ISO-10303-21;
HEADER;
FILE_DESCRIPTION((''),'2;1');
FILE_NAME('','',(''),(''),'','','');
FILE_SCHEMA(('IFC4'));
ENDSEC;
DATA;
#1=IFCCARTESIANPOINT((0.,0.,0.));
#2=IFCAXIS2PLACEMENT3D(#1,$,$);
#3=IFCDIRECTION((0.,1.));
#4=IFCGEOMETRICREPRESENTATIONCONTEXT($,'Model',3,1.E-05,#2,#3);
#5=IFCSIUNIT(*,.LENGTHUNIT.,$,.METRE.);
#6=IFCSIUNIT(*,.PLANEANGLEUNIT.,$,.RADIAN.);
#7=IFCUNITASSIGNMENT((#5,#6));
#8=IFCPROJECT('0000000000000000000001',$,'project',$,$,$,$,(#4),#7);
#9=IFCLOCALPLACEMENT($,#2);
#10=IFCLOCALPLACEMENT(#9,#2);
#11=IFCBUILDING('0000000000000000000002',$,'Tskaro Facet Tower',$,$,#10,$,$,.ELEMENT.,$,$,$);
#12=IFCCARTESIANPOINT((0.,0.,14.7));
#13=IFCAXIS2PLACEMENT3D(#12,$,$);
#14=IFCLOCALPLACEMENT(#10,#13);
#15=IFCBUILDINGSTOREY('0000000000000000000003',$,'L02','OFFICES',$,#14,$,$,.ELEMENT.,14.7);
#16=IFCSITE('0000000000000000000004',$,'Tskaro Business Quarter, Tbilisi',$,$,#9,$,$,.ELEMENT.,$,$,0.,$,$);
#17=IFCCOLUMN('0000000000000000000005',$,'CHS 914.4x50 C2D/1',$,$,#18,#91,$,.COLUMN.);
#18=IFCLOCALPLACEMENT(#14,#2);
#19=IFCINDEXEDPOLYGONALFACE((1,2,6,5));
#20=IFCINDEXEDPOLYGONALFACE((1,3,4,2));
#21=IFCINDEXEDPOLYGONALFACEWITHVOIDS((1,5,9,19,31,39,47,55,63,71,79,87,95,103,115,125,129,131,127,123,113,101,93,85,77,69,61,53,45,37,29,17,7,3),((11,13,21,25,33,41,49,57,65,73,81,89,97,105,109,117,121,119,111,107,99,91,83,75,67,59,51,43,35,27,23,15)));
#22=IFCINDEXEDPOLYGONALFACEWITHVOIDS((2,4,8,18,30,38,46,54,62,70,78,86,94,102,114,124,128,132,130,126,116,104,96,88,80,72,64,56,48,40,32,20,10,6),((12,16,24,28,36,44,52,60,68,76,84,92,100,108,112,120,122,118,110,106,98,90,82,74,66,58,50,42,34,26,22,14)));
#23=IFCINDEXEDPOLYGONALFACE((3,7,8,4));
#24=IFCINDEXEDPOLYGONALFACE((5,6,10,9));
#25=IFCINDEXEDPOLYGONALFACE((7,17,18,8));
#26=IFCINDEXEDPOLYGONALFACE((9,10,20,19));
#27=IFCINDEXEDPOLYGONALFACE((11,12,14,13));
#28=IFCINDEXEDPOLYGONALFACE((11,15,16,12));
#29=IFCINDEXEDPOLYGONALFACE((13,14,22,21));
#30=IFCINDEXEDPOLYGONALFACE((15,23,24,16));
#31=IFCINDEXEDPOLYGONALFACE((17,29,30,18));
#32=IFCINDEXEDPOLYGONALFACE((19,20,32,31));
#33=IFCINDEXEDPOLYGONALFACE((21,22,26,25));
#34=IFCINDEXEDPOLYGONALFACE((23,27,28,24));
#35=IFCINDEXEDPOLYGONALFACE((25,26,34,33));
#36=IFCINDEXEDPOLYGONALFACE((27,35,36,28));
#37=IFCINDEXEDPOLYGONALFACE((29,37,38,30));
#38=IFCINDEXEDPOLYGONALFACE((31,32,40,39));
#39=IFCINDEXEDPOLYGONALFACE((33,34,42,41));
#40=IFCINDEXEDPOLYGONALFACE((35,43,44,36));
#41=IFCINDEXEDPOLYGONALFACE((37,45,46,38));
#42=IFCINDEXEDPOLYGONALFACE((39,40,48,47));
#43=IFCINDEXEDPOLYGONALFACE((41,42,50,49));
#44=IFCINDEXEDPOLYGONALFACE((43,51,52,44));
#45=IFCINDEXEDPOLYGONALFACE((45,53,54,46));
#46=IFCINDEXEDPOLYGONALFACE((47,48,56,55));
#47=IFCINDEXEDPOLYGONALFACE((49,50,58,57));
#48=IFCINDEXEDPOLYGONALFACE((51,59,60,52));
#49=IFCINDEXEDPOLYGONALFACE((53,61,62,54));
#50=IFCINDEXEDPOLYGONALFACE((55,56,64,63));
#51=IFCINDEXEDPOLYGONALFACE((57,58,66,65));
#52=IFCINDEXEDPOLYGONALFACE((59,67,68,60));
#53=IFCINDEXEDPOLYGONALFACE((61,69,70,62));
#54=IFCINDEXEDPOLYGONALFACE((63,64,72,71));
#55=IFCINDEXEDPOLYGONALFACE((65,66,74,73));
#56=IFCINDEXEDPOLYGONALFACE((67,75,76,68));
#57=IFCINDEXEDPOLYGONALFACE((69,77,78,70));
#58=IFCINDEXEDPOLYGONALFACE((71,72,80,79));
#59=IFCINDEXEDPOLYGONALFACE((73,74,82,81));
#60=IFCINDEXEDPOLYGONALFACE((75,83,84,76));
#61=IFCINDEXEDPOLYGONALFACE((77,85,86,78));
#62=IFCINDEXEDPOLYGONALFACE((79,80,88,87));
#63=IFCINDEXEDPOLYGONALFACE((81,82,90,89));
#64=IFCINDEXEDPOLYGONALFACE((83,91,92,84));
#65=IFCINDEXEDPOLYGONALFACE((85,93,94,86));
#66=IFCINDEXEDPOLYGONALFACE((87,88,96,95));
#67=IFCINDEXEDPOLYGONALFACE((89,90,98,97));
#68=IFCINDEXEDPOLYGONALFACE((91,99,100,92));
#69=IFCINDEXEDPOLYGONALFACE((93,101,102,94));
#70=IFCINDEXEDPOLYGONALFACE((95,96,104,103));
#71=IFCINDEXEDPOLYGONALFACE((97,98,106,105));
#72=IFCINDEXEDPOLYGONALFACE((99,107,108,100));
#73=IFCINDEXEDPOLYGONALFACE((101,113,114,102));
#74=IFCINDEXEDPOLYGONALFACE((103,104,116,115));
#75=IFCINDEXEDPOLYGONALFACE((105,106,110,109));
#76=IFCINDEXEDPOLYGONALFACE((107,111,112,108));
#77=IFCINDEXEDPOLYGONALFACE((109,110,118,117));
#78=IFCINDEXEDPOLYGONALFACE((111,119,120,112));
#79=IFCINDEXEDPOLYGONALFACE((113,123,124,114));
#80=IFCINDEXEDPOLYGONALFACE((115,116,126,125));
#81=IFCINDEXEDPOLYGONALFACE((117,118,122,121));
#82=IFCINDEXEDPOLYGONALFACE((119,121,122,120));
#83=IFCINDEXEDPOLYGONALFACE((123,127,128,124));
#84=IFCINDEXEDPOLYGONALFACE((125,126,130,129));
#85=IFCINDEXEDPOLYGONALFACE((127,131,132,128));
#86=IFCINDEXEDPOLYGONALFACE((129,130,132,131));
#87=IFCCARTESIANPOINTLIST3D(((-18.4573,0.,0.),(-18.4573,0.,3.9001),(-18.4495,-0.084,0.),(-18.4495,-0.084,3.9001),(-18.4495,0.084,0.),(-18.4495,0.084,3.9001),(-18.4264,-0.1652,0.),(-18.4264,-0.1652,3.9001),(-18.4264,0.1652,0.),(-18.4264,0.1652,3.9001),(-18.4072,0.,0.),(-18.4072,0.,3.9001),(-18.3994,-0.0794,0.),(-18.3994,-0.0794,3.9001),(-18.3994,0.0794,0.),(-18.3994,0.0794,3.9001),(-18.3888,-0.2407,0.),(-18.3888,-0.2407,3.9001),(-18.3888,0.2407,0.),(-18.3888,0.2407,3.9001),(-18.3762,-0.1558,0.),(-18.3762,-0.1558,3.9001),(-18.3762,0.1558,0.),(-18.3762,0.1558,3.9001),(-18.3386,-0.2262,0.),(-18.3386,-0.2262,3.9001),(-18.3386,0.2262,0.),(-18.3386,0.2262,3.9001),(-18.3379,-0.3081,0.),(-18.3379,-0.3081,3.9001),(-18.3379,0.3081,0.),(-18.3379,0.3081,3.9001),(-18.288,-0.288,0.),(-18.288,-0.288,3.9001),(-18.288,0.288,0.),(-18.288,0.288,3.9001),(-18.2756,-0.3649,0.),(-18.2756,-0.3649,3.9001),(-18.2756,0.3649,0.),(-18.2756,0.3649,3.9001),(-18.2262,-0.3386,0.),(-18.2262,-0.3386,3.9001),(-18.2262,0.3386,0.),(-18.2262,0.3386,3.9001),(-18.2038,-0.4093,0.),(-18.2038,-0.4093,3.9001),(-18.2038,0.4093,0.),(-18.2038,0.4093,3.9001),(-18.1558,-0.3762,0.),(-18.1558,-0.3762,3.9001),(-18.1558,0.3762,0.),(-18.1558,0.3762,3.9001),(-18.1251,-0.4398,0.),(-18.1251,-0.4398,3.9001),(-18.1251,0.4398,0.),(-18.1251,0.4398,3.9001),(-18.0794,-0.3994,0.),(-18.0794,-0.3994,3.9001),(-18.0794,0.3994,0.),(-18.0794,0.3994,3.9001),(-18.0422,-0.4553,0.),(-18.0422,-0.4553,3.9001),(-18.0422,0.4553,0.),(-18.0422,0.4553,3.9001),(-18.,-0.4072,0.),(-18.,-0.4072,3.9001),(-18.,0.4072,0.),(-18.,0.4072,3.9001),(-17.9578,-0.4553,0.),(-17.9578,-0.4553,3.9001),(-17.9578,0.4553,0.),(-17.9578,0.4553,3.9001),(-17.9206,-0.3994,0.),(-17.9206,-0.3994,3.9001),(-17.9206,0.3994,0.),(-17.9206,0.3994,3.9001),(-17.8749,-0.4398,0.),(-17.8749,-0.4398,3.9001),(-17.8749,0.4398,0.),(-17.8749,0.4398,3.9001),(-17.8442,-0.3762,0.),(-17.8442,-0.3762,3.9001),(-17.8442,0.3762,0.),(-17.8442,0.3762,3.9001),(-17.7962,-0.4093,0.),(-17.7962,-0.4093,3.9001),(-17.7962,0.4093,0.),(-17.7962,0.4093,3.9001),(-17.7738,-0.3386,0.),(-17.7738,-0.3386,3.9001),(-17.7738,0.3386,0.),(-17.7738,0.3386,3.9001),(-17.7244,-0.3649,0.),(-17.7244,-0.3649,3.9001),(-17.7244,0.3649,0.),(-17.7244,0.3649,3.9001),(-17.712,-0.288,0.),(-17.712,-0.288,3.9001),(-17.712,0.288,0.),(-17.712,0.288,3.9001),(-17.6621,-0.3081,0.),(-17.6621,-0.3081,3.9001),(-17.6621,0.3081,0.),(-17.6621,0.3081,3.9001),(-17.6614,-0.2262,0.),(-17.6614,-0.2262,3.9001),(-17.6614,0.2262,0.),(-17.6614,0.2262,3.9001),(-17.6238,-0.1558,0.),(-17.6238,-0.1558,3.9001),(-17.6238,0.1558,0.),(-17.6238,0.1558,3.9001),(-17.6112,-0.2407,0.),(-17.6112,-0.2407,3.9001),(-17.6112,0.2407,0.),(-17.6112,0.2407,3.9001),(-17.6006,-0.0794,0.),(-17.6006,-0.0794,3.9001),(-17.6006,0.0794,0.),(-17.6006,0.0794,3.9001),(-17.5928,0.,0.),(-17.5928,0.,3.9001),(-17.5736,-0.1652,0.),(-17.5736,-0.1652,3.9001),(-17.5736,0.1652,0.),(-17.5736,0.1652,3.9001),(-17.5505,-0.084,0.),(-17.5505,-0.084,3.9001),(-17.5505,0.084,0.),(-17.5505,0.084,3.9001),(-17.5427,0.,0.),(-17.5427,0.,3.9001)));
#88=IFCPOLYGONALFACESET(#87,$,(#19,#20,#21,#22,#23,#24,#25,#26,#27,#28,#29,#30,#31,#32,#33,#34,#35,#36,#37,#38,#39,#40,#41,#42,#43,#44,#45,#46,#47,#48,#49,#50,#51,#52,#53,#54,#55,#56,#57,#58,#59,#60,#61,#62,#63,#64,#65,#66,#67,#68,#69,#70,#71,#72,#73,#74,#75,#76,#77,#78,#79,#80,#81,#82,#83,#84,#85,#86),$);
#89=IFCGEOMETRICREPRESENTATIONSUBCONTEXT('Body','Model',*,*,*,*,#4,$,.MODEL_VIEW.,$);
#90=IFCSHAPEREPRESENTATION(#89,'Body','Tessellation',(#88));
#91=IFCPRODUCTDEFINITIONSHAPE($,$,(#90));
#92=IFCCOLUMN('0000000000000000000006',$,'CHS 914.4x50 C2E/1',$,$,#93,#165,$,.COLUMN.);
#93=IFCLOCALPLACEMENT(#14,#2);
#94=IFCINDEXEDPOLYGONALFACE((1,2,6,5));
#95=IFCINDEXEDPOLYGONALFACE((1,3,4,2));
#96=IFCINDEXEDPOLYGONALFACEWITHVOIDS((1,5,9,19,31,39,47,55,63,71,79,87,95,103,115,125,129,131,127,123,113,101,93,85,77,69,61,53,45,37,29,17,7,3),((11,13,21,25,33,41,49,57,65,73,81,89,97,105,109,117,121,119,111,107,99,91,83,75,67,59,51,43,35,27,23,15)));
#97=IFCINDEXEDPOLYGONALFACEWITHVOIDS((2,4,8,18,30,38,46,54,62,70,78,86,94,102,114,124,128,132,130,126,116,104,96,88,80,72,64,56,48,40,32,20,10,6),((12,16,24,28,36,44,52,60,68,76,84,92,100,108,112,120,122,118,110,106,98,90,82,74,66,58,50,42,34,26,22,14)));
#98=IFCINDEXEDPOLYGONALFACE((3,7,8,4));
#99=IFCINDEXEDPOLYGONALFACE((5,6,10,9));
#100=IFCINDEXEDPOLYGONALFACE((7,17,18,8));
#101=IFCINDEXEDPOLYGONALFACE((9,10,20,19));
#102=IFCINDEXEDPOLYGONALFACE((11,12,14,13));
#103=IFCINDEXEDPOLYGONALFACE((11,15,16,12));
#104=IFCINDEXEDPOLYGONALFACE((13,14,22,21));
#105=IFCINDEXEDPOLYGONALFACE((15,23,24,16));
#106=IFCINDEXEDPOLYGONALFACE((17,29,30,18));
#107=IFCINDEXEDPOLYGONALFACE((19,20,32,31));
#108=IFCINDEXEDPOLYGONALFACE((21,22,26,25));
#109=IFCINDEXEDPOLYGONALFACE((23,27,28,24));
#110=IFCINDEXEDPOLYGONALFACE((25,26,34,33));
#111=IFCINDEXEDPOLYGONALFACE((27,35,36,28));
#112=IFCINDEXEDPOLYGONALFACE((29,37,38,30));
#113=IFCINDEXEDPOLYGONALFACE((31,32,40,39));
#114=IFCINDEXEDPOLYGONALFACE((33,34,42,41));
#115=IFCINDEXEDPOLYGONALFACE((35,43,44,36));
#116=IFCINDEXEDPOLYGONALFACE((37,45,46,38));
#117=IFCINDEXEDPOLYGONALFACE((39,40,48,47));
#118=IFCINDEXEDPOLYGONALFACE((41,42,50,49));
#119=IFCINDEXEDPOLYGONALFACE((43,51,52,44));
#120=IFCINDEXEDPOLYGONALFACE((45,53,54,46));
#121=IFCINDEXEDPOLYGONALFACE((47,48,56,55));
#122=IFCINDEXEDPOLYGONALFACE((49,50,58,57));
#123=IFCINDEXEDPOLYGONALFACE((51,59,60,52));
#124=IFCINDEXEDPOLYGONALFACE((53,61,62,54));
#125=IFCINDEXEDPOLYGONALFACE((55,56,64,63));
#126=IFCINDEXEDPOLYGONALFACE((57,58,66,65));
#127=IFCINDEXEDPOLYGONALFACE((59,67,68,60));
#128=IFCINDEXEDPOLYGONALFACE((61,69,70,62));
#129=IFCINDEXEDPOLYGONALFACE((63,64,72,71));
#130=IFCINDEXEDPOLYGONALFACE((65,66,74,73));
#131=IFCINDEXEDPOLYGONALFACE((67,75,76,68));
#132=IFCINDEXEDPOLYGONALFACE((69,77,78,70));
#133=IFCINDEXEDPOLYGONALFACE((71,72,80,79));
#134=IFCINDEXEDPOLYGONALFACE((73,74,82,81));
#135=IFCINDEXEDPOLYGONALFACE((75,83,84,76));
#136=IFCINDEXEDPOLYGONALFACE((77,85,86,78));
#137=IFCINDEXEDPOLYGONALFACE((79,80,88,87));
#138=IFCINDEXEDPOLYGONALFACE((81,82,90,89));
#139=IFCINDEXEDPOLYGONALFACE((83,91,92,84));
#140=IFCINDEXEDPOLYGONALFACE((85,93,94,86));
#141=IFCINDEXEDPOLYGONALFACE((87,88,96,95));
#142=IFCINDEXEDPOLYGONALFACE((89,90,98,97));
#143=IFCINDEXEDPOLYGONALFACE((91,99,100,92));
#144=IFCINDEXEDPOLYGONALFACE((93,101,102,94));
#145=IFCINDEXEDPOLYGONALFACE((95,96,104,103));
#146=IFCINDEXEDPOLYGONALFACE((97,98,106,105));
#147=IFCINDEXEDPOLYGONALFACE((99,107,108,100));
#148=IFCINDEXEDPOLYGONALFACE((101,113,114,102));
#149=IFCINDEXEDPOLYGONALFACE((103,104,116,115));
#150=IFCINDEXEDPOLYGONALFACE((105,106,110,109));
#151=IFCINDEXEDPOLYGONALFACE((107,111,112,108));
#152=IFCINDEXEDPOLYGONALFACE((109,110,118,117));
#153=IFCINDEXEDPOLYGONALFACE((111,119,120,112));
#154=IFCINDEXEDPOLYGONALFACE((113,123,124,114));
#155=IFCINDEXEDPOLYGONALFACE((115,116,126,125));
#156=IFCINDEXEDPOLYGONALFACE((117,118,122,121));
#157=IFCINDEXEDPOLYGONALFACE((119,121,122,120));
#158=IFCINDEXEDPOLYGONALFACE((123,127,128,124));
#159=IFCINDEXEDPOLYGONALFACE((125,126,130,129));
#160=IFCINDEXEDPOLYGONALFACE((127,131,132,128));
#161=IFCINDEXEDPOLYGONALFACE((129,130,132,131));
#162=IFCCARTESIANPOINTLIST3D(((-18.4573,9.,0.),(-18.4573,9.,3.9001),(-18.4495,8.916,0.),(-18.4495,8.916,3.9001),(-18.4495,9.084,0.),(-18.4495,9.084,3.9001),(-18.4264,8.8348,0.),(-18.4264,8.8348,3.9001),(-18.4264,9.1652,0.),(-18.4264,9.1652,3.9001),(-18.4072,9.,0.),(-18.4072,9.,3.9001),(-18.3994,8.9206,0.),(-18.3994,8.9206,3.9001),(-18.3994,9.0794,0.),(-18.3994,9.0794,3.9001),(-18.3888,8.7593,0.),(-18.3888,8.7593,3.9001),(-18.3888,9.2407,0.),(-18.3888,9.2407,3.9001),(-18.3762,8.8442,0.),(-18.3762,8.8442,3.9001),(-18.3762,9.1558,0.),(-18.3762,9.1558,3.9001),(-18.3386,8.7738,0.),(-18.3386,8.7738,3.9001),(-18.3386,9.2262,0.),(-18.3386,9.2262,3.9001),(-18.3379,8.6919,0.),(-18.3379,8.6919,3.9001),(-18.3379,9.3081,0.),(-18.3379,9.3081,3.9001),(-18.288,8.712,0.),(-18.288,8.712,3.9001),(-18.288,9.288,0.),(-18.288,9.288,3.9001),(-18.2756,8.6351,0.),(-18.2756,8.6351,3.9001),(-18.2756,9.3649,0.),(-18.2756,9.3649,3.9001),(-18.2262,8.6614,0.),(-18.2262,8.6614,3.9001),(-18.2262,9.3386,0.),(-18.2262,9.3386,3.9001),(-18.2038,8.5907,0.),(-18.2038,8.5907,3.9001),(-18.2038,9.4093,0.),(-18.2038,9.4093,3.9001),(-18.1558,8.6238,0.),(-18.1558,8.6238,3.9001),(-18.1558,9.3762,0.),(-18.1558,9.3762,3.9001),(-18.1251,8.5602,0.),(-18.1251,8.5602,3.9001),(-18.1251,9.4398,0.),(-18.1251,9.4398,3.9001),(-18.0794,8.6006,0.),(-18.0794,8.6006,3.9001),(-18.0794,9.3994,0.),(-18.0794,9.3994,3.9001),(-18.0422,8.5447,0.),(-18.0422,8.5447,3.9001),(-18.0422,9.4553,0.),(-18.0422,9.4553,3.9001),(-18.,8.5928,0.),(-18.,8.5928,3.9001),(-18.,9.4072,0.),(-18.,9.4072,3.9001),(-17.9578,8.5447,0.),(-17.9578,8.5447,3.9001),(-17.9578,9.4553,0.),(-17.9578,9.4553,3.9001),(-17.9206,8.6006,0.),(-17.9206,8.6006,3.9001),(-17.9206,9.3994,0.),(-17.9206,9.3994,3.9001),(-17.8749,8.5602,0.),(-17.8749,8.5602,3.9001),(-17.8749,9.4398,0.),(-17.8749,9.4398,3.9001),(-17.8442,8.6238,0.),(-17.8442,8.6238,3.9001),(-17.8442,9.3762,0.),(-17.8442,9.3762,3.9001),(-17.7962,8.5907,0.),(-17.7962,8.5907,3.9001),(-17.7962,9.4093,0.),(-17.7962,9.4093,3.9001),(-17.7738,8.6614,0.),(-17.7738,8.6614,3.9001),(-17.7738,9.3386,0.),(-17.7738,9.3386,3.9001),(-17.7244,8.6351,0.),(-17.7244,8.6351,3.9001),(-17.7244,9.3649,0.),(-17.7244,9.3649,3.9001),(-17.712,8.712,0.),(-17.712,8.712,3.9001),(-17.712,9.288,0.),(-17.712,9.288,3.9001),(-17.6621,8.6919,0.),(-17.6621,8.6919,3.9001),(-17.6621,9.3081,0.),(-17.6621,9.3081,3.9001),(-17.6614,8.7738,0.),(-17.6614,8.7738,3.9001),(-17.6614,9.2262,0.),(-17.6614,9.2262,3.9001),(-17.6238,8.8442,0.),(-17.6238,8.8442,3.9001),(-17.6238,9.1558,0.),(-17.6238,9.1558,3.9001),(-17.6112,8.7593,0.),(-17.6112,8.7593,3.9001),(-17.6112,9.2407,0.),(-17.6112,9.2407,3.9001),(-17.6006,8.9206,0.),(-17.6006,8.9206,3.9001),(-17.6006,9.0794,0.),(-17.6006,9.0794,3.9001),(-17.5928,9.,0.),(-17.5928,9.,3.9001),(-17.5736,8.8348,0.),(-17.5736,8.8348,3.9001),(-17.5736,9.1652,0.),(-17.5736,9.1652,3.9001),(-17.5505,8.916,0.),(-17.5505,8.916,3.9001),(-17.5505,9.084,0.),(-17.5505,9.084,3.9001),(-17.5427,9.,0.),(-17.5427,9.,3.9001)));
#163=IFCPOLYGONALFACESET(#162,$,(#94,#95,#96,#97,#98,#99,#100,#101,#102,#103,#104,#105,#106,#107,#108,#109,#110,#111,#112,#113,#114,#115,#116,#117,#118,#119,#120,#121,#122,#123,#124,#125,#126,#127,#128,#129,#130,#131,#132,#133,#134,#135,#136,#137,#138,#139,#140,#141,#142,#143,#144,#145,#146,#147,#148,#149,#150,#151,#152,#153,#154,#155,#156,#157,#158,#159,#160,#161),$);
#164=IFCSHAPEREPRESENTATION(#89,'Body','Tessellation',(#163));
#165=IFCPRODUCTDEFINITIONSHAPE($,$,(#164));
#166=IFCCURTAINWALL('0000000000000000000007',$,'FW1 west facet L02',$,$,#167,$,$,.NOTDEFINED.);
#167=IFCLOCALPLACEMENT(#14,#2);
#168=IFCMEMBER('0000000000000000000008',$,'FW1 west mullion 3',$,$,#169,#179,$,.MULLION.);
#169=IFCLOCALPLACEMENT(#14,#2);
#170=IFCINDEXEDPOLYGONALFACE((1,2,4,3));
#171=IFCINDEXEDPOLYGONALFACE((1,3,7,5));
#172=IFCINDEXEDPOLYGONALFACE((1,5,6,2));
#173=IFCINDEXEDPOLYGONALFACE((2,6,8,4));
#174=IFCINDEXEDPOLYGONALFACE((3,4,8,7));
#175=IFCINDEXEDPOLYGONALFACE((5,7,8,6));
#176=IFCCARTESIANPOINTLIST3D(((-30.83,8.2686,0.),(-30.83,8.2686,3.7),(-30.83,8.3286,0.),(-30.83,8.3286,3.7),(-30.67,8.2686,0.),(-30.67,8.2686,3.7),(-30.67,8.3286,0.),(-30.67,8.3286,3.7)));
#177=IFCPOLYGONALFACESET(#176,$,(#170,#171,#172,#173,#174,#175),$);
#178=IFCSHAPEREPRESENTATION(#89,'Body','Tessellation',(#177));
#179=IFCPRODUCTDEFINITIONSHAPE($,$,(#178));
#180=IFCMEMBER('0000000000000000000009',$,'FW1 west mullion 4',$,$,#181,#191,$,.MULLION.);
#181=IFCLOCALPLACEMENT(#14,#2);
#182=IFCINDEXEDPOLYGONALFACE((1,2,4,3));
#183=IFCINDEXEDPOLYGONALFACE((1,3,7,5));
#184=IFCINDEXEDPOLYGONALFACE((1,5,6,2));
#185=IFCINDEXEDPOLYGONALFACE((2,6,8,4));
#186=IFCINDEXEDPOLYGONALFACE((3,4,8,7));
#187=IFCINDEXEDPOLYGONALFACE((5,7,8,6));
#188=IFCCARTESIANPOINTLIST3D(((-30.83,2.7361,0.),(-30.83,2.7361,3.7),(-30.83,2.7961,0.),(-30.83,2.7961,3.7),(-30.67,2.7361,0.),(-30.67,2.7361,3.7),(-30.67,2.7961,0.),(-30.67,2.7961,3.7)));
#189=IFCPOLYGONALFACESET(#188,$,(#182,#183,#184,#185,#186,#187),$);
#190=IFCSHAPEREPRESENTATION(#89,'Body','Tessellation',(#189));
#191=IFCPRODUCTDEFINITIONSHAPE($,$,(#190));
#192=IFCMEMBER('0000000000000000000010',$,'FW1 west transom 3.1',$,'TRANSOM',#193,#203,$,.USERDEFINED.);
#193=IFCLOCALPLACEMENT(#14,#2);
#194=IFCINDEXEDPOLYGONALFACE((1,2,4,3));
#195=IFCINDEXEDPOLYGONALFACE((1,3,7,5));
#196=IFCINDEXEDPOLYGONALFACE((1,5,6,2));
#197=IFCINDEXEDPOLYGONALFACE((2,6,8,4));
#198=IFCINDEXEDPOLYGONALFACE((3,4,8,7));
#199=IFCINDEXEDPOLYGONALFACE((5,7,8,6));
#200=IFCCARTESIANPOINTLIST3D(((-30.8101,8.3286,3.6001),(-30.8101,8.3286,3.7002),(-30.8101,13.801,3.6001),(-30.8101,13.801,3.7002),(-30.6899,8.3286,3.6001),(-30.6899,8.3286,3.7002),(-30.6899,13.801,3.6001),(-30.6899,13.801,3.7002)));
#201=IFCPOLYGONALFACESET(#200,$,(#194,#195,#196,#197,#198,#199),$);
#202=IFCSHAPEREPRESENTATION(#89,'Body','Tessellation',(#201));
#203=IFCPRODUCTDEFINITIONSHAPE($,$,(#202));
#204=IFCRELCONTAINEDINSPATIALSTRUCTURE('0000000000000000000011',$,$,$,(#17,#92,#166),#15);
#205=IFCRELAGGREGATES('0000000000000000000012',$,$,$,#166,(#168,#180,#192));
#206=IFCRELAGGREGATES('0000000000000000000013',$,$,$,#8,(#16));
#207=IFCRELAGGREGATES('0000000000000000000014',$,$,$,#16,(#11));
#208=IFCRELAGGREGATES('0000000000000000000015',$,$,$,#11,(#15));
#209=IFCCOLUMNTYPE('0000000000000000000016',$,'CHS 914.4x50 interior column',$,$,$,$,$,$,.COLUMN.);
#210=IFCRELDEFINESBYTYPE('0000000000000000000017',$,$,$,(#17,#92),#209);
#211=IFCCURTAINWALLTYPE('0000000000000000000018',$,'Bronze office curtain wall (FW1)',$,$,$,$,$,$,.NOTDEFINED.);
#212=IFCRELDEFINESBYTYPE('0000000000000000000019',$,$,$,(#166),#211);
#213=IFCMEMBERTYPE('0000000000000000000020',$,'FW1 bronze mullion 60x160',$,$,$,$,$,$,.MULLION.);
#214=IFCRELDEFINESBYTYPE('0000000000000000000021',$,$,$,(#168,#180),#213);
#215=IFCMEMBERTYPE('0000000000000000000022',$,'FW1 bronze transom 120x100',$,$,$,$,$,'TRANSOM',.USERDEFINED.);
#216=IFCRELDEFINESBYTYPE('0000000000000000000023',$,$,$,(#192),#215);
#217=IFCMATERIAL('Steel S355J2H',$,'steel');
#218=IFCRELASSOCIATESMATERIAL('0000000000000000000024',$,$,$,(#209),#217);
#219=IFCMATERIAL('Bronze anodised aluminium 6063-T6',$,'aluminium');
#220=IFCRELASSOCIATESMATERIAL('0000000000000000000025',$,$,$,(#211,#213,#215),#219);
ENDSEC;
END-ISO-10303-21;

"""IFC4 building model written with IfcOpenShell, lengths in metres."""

from ifc_helpers import new_model, si_unit, direction, frame, origin, origin_2d, place, context, subcontext, project, spatial, rectangle, hollow_circle, extrude, material, material_profile, profile_set, type_object, element, aggregate, save


model = new_model("IFC4")

# Units and contexts
model_context = context("Model", 3, precision=1e-05, world=origin(), true_north=direction((0.0, 1.0)))
body_context = subcontext(model_context, "Body", "Model", "MODEL_VIEW")
ifc_project = project(units=[si_unit("LENGTHUNIT", "METRE"), si_unit("PLANEANGLEUNIT", "RADIAN")], contexts=[model_context])

# Site, building, storey
site_placement = place(None, origin())
site = spatial("IfcSite", under=ifc_project, at=site_placement, Name="Tskaro Business Quarter, Tbilisi", CompositionType="ELEMENT", RefElevation=0.0)
building_placement = place(site_placement, origin())
building = spatial("IfcBuilding", under=site, at=building_placement, Name="Tskaro Facet Tower", CompositionType="ELEMENT")
storey_placement = place(building_placement, frame((0.0, 0.0, 14.7)))
storey = spatial("IfcBuildingStorey", under=building, at=storey_placement, Name="L02", Description="OFFICES", CompositionType="ELEMENT", Elevation=14.7)

# Columns
ifc_material_1 = material(Name="Steel S355J2H", Category="steel")
ifc_material_profile_1 = material_profile(ifc_material_1, hollow_circle(Radius=0.4573, WallThickness=0.05, at=origin_2d()), Name="CHS 914.4x50")
ifc_profile_set_1 = profile_set([ifc_material_profile_1], Name="Steel S355J2H")
column_type_1 = type_object("IfcColumnType", Name="CHS 914.4x50 interior column", PredefinedType="COLUMN", material=ifc_profile_set_1)
for number, where, z_axis, x_axis, name in (
    (1, (-18.0, 0.0, 0.0), (0.0, 0.0, 1.0), (1.0, 0.0, 0.0), "CHS 914.4x50 C2D/1"),
    (2, (-18.0, 9.0, 0.0), (0.0, 0.0, 1.0), (1.0, 0.0, 0.0), "CHS 914.4x50 C2E/1"),
):
    element("IfcColumn", number, at=place(storey_placement, frame(where, z_axis=z_axis, x_axis=x_axis)), inside=storey, type_object=column_type_1, Name=name, PredefinedType="COLUMN", context=body_context, shape_type="SweptSolid", body=[
        extrude(hollow_circle(Radius=0.4573, WallThickness=0.05, at=origin_2d()), origin(), (0.0, 0.0, 1.0), 3.9001),
    ])

# Curtain wall, members
ifc_material_2 = material(Name="Bronze anodised aluminium 6063-T6", Category="aluminium")
curtain_wall_type = type_object("IfcCurtainWallType", Name="Bronze office curtain wall (FW1)", PredefinedType="NOTDEFINED", material=ifc_material_2)
curtain_wall_placement = place(storey_placement, origin())
curtain_wall = element("IfcCurtainWall", 3, at=curtain_wall_placement, inside=storey, type_object=curtain_wall_type, Name="FW1 west facet L02", PredefinedType="NOTDEFINED")
ifc_material_profile_2 = material_profile(ifc_material_2, rectangle(XDim=0.0601, YDim=0.1599, at=origin_2d()), Name="Mullion 60x160")
ifc_profile_set_2 = profile_set([ifc_material_profile_2], Name="Bronze anodised aluminium 6063-T6")
member_type_1 = type_object("IfcMemberType", Name="FW1 bronze mullion 60x160", PredefinedType="MULLION", material=ifc_profile_set_2)
member_1_placement = place(storey_placement, frame((-30.75, 8.2986, 0.0), z_axis=(0.0, 0.0, 1.0), x_axis=(0.0, -1.0, 0.0)))
member_1 = element("IfcMember", 4, at=member_1_placement, type_object=member_type_1, Name="FW1 west mullion 3", PredefinedType="MULLION", context=body_context, shape_type="SweptSolid", body=[
    extrude(rectangle(XDim=0.0601, YDim=0.1599, at=origin_2d()), origin(), (0.0, 0.0, 1.0), 3.7),
])
member_2_placement = place(storey_placement, frame((-30.75, 2.7661, 0.0), z_axis=(0.0, 0.0, 1.0), x_axis=(0.0, -1.0, 0.0)))
member_2 = element("IfcMember", 5, at=member_2_placement, type_object=member_type_1, Name="FW1 west mullion 4", PredefinedType="MULLION", context=body_context, shape_type="SweptSolid", body=[
    extrude(rectangle(XDim=0.0601, YDim=0.1599, at=origin_2d()), origin(), (0.0, 0.0, 1.0), 3.7),
])
ifc_material_profile_3 = material_profile(ifc_material_2, rectangle(XDim=0.1201, YDim=0.1001, at=origin_2d()), Name="Transom 120x100")
ifc_profile_set_3 = profile_set([ifc_material_profile_3], Name="Bronze anodised aluminium 6063-T6")
member_type_2 = type_object("IfcMemberType", Name="FW1 bronze transom 120x100", ElementType="TRANSOM", PredefinedType="USERDEFINED", material=ifc_profile_set_3)
member_3_placement = place(storey_placement, frame((-30.75, 13.801, 3.6501), z_axis=(0.0, -1.0, 0.0), x_axis=(1.0, 0.0, 0.0)))
member_3 = element("IfcMember", 6, at=member_3_placement, type_object=member_type_2, Name="FW1 west transom 3.1", ObjectType="TRANSOM", PredefinedType="USERDEFINED", context=body_context, shape_type="SweptSolid", body=[
    extrude(rectangle(XDim=0.1201, YDim=0.1001, at=origin_2d()), origin(), (0.0, 0.0, 1.0), 5.4724),
])

aggregate(curtain_wall, [member_1, member_2, member_3])

save(model, "model.ifc")
